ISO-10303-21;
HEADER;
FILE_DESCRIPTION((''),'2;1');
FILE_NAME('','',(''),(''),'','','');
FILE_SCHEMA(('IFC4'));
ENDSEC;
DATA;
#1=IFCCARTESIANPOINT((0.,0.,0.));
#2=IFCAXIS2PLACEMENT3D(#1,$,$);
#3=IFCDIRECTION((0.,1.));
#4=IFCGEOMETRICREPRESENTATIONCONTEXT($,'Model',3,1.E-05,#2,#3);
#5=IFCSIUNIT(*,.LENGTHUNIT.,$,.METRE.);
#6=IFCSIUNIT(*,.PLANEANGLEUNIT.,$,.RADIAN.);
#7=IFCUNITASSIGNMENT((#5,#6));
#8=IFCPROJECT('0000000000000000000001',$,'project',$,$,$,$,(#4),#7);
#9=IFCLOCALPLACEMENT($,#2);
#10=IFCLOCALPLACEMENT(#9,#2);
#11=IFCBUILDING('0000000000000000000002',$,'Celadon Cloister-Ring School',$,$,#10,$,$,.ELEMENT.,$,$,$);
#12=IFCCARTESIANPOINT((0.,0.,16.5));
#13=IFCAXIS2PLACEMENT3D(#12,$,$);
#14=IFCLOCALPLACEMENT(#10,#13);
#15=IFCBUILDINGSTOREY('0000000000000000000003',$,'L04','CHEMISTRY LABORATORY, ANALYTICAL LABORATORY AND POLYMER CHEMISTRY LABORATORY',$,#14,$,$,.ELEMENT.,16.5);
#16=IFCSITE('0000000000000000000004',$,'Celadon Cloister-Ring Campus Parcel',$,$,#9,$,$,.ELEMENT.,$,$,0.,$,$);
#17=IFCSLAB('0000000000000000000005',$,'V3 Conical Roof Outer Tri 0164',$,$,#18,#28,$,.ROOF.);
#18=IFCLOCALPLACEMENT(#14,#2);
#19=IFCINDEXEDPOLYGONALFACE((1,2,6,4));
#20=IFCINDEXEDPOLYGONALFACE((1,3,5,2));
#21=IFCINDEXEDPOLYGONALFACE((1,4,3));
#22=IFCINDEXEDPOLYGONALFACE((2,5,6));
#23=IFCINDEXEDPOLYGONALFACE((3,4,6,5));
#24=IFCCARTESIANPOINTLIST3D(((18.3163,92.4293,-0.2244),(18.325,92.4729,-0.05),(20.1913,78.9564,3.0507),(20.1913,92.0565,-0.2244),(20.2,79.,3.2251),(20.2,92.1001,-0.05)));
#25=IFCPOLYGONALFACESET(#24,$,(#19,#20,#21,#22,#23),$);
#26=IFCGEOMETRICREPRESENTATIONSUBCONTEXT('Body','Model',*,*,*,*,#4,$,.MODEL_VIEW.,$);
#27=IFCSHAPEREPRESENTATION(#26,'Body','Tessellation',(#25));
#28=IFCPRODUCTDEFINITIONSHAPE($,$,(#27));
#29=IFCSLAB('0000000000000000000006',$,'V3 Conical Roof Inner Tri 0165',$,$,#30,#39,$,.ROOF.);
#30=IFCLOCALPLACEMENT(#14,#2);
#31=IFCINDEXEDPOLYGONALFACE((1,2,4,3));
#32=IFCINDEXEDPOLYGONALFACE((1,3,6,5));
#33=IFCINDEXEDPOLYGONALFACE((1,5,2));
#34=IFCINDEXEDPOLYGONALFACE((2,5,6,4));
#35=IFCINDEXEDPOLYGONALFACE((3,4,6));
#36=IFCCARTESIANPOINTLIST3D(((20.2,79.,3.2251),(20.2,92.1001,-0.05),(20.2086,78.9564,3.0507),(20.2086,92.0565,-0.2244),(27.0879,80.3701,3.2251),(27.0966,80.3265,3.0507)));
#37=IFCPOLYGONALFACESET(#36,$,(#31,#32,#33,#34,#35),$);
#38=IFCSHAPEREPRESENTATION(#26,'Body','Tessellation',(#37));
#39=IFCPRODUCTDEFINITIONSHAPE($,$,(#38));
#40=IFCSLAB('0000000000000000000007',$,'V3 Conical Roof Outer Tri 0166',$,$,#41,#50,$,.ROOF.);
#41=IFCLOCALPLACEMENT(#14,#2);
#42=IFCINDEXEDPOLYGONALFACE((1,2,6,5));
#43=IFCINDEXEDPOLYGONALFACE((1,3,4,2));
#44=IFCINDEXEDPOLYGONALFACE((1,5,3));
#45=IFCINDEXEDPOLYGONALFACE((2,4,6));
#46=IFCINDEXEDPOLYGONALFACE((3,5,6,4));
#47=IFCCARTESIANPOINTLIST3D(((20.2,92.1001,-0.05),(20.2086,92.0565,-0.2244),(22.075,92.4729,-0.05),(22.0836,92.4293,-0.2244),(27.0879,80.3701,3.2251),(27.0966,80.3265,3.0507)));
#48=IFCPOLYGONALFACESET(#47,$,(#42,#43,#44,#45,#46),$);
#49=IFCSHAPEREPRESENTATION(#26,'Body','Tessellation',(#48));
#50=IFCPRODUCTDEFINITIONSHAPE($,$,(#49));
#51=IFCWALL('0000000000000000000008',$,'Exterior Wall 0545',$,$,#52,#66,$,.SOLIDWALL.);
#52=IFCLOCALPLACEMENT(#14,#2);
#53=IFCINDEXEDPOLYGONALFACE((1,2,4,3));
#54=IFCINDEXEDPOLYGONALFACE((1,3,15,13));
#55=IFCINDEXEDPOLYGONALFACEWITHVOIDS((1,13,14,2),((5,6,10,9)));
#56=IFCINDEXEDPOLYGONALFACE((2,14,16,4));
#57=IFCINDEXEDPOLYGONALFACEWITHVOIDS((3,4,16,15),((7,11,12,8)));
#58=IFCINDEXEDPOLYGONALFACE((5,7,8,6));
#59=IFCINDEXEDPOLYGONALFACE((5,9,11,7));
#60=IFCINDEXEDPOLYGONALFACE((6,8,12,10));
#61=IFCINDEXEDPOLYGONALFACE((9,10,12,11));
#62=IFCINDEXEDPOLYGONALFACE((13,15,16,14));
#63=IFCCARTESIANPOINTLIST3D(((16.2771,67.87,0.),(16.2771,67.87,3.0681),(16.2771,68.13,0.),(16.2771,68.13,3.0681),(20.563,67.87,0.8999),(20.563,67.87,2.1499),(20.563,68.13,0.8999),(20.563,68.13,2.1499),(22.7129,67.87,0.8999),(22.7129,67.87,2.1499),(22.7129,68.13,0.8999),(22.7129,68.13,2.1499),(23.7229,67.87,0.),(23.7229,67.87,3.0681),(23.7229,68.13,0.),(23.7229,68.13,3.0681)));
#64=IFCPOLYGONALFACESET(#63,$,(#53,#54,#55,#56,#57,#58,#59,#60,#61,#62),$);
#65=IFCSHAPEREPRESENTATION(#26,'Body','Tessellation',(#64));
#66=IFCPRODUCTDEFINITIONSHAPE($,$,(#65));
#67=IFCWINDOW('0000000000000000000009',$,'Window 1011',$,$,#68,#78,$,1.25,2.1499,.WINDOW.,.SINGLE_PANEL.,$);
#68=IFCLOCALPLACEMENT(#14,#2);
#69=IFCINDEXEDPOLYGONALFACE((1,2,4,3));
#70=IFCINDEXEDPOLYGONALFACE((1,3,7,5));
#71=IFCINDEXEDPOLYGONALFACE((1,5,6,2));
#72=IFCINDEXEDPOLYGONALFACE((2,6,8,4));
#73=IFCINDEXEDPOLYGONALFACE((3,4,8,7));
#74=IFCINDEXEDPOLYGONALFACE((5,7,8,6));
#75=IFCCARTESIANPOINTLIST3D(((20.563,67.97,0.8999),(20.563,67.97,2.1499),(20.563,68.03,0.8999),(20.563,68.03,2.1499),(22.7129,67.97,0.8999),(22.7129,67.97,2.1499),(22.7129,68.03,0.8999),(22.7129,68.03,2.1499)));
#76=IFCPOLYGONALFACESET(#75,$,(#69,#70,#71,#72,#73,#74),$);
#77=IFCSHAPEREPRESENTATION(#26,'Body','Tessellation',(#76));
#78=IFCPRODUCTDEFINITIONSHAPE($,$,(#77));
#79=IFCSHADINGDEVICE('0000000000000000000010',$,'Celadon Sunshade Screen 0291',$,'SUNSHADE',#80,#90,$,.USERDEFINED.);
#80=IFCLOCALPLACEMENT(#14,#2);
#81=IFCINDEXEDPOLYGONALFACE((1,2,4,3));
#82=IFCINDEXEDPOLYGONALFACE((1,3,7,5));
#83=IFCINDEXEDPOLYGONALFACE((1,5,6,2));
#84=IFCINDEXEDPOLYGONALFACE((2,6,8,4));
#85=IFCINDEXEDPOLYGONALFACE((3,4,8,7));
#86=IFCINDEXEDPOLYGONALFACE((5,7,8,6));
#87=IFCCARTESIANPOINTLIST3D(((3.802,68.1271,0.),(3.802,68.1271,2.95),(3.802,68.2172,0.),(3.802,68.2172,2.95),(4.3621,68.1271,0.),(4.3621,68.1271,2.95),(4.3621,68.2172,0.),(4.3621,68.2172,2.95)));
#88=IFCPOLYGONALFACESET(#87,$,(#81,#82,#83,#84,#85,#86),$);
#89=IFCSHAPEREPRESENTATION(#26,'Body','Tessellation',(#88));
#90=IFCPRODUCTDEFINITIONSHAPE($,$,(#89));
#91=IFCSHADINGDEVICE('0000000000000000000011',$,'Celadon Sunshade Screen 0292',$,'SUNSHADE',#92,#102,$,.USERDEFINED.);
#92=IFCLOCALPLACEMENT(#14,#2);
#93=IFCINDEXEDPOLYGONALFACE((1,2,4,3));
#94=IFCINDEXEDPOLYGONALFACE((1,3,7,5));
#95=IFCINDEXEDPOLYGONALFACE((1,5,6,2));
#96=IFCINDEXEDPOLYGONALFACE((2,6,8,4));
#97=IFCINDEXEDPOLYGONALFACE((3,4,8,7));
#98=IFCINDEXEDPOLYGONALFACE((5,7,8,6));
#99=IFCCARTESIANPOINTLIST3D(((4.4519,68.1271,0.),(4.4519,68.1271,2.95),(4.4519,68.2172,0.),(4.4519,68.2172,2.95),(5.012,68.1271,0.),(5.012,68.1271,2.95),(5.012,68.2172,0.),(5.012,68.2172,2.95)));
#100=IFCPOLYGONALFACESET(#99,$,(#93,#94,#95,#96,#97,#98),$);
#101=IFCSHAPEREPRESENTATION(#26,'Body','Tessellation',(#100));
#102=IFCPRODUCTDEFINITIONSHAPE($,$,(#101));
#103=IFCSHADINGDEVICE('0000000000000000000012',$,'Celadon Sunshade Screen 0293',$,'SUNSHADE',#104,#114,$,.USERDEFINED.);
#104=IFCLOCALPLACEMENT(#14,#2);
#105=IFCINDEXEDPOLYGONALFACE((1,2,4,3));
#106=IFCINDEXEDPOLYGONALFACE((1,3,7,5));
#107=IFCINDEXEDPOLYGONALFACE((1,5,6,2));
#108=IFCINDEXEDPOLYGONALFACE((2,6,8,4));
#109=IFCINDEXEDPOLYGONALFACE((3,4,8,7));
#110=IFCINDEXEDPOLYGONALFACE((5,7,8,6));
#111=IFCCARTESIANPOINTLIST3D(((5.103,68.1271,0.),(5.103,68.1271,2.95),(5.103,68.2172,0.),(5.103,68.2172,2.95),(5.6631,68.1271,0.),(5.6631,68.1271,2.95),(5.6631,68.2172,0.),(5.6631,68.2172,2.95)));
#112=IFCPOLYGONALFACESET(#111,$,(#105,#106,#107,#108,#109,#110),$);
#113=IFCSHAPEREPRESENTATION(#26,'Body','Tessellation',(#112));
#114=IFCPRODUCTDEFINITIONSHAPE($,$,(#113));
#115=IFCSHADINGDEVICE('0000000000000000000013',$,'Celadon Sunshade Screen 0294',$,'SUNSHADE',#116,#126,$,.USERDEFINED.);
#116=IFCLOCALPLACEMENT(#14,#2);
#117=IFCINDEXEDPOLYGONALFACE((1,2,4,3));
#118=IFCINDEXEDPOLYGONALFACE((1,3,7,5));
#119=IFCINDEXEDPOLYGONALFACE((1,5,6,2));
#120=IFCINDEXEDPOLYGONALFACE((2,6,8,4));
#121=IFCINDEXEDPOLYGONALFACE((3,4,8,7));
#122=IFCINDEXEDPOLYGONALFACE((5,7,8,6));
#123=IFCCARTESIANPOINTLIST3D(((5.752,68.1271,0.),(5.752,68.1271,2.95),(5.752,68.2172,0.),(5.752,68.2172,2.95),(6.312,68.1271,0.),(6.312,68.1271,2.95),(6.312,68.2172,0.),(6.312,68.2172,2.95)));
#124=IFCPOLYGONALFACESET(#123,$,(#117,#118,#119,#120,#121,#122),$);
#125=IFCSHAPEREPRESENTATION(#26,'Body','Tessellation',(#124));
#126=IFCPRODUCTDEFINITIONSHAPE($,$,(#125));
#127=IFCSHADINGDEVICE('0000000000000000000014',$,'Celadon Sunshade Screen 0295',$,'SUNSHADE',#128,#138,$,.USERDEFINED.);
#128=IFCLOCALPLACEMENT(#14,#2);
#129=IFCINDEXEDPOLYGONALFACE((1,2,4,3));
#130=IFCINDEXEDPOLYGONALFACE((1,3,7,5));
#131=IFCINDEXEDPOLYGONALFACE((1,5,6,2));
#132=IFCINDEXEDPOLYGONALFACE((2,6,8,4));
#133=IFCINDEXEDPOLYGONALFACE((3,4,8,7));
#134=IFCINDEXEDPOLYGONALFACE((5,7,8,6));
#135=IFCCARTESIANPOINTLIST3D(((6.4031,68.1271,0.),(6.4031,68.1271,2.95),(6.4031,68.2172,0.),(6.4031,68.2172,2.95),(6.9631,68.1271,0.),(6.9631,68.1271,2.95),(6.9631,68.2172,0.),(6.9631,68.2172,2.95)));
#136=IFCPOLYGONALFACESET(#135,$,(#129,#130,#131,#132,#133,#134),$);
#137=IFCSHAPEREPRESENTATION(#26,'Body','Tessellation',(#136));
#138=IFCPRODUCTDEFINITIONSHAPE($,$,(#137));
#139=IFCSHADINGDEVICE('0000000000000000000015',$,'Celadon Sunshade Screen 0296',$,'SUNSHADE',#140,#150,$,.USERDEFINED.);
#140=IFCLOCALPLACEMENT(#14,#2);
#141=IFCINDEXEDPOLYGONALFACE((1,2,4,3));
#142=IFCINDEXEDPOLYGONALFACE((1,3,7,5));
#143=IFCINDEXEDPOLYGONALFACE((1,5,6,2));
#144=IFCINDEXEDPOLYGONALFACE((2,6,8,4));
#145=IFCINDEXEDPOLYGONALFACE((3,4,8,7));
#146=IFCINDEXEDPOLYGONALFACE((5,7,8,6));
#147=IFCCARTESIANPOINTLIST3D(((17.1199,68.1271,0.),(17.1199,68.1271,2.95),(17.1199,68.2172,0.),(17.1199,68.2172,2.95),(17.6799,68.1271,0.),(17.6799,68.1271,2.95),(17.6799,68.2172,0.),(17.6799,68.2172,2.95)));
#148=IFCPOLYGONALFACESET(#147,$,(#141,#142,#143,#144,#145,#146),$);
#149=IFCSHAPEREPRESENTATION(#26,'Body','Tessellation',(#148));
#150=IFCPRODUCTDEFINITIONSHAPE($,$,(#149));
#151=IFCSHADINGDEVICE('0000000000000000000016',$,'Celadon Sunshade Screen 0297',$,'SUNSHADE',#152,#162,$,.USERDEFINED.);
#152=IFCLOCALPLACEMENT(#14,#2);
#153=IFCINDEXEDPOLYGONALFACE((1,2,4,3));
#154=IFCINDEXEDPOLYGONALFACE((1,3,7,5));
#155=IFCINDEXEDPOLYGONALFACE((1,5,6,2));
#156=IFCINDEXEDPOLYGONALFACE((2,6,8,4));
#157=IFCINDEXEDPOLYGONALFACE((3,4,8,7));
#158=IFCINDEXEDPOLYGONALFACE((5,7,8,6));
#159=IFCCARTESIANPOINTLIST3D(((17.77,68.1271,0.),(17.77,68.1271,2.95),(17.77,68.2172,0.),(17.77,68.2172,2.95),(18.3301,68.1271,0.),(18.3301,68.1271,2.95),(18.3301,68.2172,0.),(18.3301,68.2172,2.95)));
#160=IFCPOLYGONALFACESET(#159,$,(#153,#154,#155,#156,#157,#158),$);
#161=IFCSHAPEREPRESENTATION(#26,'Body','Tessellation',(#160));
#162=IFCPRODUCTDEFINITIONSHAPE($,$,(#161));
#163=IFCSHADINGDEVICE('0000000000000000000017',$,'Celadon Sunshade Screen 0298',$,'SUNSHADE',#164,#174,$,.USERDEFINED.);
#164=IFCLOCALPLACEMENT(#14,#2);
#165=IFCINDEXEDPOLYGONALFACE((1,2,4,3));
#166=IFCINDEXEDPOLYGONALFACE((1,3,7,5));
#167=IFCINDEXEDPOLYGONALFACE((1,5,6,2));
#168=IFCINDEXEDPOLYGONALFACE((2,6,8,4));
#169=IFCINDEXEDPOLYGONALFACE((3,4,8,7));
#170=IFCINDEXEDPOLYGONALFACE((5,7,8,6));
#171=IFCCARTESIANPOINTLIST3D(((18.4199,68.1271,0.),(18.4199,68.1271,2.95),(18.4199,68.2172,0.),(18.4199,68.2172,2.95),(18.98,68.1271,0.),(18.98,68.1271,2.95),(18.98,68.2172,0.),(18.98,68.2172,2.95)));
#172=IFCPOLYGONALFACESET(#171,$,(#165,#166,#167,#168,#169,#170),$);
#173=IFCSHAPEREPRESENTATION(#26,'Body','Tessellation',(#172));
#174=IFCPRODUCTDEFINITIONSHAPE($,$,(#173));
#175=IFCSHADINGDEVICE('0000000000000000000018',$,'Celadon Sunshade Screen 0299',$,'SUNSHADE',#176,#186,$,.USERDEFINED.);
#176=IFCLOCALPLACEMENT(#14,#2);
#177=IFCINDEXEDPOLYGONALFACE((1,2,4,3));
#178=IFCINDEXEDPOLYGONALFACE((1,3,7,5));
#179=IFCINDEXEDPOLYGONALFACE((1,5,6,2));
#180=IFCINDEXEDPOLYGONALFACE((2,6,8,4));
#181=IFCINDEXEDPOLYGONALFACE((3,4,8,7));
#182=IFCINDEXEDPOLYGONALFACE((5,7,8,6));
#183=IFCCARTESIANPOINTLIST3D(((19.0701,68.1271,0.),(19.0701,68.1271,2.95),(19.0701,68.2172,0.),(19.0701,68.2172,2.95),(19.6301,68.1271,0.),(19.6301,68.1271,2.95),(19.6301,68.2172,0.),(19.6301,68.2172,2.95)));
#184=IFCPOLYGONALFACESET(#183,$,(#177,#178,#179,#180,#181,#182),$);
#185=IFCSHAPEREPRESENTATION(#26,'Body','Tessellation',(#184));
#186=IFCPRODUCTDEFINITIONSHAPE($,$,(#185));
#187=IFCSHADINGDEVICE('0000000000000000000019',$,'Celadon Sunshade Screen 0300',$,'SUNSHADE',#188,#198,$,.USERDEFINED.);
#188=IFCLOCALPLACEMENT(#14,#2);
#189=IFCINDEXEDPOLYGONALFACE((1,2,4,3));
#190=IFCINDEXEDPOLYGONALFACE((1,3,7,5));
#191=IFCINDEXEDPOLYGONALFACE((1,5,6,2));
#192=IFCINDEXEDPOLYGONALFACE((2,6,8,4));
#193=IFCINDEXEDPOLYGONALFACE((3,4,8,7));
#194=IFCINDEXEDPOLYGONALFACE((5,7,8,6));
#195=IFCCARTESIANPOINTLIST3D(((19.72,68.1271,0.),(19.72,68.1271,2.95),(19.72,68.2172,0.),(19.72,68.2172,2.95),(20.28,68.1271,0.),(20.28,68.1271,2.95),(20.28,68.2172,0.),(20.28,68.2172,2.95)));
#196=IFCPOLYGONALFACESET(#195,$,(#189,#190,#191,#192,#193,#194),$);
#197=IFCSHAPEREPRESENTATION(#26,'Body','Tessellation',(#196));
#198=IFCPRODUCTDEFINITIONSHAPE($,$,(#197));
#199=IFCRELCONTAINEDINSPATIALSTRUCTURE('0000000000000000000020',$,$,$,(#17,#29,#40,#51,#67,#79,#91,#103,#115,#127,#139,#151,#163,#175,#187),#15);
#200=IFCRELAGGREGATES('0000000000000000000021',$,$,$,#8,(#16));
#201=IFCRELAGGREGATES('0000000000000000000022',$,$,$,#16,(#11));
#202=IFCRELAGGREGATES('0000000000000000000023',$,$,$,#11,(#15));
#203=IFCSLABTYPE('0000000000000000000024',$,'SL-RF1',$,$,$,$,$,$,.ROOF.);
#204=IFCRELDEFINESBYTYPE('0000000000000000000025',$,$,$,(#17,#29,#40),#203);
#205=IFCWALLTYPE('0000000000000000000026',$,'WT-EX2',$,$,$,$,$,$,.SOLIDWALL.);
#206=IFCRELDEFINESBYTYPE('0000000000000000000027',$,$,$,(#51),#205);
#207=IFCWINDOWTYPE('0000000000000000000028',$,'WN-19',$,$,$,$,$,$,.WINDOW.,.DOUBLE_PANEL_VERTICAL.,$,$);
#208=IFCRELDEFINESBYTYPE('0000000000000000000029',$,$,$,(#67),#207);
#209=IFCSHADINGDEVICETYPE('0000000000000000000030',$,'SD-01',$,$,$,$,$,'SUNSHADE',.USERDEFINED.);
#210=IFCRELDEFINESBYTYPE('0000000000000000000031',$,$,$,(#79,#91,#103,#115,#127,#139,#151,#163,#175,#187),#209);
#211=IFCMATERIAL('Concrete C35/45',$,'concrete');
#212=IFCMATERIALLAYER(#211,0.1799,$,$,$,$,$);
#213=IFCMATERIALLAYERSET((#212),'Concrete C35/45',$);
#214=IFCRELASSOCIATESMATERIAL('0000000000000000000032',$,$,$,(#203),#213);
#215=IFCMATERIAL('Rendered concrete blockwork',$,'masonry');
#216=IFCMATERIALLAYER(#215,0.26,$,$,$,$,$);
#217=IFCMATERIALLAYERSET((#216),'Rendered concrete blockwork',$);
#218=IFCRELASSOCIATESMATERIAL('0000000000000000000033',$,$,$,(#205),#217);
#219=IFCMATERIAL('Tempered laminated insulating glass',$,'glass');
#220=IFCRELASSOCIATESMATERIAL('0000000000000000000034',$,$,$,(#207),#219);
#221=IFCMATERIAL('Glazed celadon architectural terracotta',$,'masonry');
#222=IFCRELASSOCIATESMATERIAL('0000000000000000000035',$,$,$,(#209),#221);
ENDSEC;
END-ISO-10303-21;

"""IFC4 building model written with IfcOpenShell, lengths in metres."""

from ifc_helpers import new_model, si_unit, direction, frame, frame_2d, origin, origin_2d, place, context, subcontext, project, spatial, polyline, rectangle, outline, extrude, material, layer, layer_set, type_object, element, fill, save


model = new_model("IFC4")

# Units and contexts
model_context = context("Model", 3, precision=1e-05, world=origin(), true_north=direction((0.0, 1.0)))
body_context = subcontext(model_context, "Body", "Model", "MODEL_VIEW")
ifc_project = project(units=[si_unit("LENGTHUNIT", "METRE"), si_unit("PLANEANGLEUNIT", "RADIAN")], contexts=[model_context])

# Site, building, storey
site_placement = place(None, origin())
site = spatial("IfcSite", under=ifc_project, at=site_placement, Name="Celadon Cloister-Ring Campus Parcel", CompositionType="ELEMENT", RefElevation=0.0)
building_placement = place(site_placement, origin())
building = spatial("IfcBuilding", under=site, at=building_placement, Name="Celadon Cloister-Ring School", CompositionType="ELEMENT")
storey_placement = place(building_placement, frame((0.0, 0.0, 16.5)))
storey = spatial("IfcBuildingStorey", under=building, at=storey_placement, Name="L04", Description="CHEMISTRY LABORATORY, ANALYTICAL LABORATORY AND POLYMER CHEMISTRY LABORATORY", CompositionType="ELEMENT", Elevation=16.5)

# Slabs
ifc_material_1 = material(Name="Concrete C35/45", Category="concrete")
ifc_layer_1 = layer(ifc_material_1, 0.1799)
ifc_layer_set_1 = layer_set([ifc_layer_1], Name="Concrete C35/45")
slab_type = type_object("IfcSlabType", Name="SL-RF1", PredefinedType="ROOF", material=ifc_layer_set_1)
slab_1_placement = place(storey_placement, frame((18.325, 92.4729, -0.05), z_axis=(0.048169, 0.242263, 0.969014), x_axis=(0.13401, -0.962937, 0.234082)))
element("IfcSlab", 1, at=slab_1_placement, inside=storey, type_object=slab_type, Name="V3 Conical Roof Outer Tri 0164", PredefinedType="ROOF", context=body_context, shape_type="SweptSolid", body=[
    extrude(outline(polyline([(0.0, 0.0), (13.9915, 0.0), (0.6103, 1.8117), (0.0, 0.0)])), origin(), (0.0, 0.0, -1.0), 0.1799),
])
slab_2_placement = place(storey_placement, frame((20.2, 92.1001, -0.05), z_axis=(-0.04819, 0.242262, 0.969013), x_axis=(0.0, -0.97014, 0.242544)))
element("IfcSlab", 2, at=slab_2_placement, inside=storey, type_object=slab_type, Name="V3 Conical Roof Inner Tri 0165", PredefinedType="ROOF", context=body_context, shape_type="SweptSolid", body=[
    extrude(outline(polyline([(0.0, 0.0), (13.5033, 0.0), (12.1741, 6.896), (0.0, 0.0)])), origin(), (0.0, 0.0, -1.0), 0.1799),
])
slab_3_placement = place(storey_placement, frame((20.2, 92.1001, -0.05), z_axis=(-0.048171, 0.242273, 0.969012), x_axis=(0.492294, -0.838363, 0.234081)))
element("IfcSlab", 3, at=slab_3_placement, inside=storey, type_object=slab_type, Name="V3 Conical Roof Outer Tri 0166", PredefinedType="ROOF", context=body_context, shape_type="SweptSolid", body=[
    extrude(outline(polyline([(0.0, 0.0), (13.9915, 0.0), (0.6105, 1.8116), (0.0, 0.0)])), origin(), (0.0, 0.0, -1.0), 0.1799),
])

# Wall, opening, window
ifc_material_2 = material(Name="Rendered concrete blockwork", Category="masonry")
ifc_layer_2 = layer(ifc_material_2, 0.26)
ifc_layer_set_2 = layer_set([ifc_layer_2], Name="Rendered concrete blockwork")
wall_type = type_object("IfcWallType", Name="WT-EX2", PredefinedType="SOLIDWALL", material=ifc_layer_set_2)
wall_placement = place(storey_placement, frame((16.2771, 68.0, 0.0), z_axis=(0.0, 0.0, 1.0), x_axis=(1.0, 0.0, 0.0)))
wall = element("IfcWall", 4, at=wall_placement, inside=storey, type_object=wall_type, Name="Exterior Wall 0545", PredefinedType="SOLIDWALL", context=body_context, shape_type="SweptSolid", body=[
    extrude(rectangle(XDim=7.4458, YDim=0.26, at=frame_2d((3.7229, 0.0))), origin(), (0.0, 0.0, 1.0), 3.0681),
])
opening_placement = place(wall_placement, frame((4.2859, 0.0, 0.8999)))
opening = element("IfcOpeningElement", 5, at=opening_placement, cuts=wall, PredefinedType="OPENING", context=body_context, shape_type="SweptSolid", body=[
    extrude(rectangle(XDim=2.1499, YDim=1.25, at=frame_2d((1.075, 0.625))), frame((0.0, 0.1401, 0.0), z_axis=(0.0, -1.0, 0.0), x_axis=(1.0, 0.0, 0.0)), (0.0, 0.0, 1.0), 0.28),
])
ifc_material_3 = material(Name="Tempered laminated insulating glass", Category="glass")
window_type = type_object("IfcWindowType", Name="WN-19", PartitioningType="DOUBLE_PANEL_VERTICAL", PredefinedType="WINDOW", material=ifc_material_3)
window_placement = place(opening_placement, origin())
window = element("IfcWindow", 6, at=window_placement, inside=storey, type_object=window_type, Name="Window 1011", OverallHeight=1.25, OverallWidth=2.1499, PartitioningType="SINGLE_PANEL", PredefinedType="WINDOW", context=body_context, shape_type="SweptSolid", body=[
    extrude(rectangle(XDim=2.1499, YDim=1.25, at=frame_2d((1.075, 0.625))), frame((0.0, 0.03, 0.0), z_axis=(0.0, -1.0, 0.0), x_axis=(1.0, 0.0, 0.0)), (0.0, 0.0, 1.0), 0.0601),
])
fill(opening, window)

# Shading devices
ifc_material_4 = material(Name="Glazed celadon architectural terracotta", Category="masonry")
shading_device_type = type_object("IfcShadingDeviceType", Name="SD-01", ElementType="SUNSHADE", PredefinedType="USERDEFINED", material=ifc_material_4)
for number, where, z_axis, x_axis, name in (
    (7, (4.082, 68.1721, 0.0), (0.0, 0.0, 1.0), (1.0, 0.0, 0.0), "Celadon Sunshade Screen 0291"),
    (8, (4.7319, 68.1721, 0.0), (0.0, 0.0, 1.0), (1.0, 0.0, 0.0), "Celadon Sunshade Screen 0292"),
    (9, (5.3831, 68.1721, 0.0), (0.0, 0.0, 1.0), (1.0, 0.0, 0.0), "Celadon Sunshade Screen 0293"),
    (10, (6.032, 68.1721, 0.0), (0.0, 0.0, 1.0), (1.0, 0.0, 0.0), "Celadon Sunshade Screen 0294"),
    (11, (6.6831, 68.1721, 0.0), (0.0, 0.0, 1.0), (1.0, 0.0, 0.0), "Celadon Sunshade Screen 0295"),
    (12, (17.3999, 68.1721, 0.0), (0.0, 0.0, 1.0), (1.0, 0.0, 0.0), "Celadon Sunshade Screen 0296"),
    (13, (18.05, 68.1721, 0.0), (0.0, 0.0, 1.0), (1.0, 0.0, 0.0), "Celadon Sunshade Screen 0297"),
    (14, (18.7, 68.1721, 0.0), (0.0, 0.0, 1.0), (1.0, 0.0, 0.0), "Celadon Sunshade Screen 0298"),
    (15, (19.3501, 68.1721, 0.0), (0.0, 0.0, 1.0), (1.0, 0.0, 0.0), "Celadon Sunshade Screen 0299"),
    (16, (20.0, 68.1721, 0.0), (0.0, 0.0, 1.0), (1.0, 0.0, 0.0), "Celadon Sunshade Screen 0300"),
):
    element("IfcShadingDevice", number, at=place(storey_placement, frame(where, z_axis=z_axis, x_axis=x_axis)), inside=storey, type_object=shading_device_type, Name=name, ObjectType="SUNSHADE", PredefinedType="USERDEFINED", context=body_context, shape_type="SweptSolid", body=[
        extrude(rectangle(XDim=0.5601, YDim=0.0901, at=origin_2d()), origin(), (0.0, 0.0, 1.0), 2.95),
    ])

save(model, "model.ifc")
